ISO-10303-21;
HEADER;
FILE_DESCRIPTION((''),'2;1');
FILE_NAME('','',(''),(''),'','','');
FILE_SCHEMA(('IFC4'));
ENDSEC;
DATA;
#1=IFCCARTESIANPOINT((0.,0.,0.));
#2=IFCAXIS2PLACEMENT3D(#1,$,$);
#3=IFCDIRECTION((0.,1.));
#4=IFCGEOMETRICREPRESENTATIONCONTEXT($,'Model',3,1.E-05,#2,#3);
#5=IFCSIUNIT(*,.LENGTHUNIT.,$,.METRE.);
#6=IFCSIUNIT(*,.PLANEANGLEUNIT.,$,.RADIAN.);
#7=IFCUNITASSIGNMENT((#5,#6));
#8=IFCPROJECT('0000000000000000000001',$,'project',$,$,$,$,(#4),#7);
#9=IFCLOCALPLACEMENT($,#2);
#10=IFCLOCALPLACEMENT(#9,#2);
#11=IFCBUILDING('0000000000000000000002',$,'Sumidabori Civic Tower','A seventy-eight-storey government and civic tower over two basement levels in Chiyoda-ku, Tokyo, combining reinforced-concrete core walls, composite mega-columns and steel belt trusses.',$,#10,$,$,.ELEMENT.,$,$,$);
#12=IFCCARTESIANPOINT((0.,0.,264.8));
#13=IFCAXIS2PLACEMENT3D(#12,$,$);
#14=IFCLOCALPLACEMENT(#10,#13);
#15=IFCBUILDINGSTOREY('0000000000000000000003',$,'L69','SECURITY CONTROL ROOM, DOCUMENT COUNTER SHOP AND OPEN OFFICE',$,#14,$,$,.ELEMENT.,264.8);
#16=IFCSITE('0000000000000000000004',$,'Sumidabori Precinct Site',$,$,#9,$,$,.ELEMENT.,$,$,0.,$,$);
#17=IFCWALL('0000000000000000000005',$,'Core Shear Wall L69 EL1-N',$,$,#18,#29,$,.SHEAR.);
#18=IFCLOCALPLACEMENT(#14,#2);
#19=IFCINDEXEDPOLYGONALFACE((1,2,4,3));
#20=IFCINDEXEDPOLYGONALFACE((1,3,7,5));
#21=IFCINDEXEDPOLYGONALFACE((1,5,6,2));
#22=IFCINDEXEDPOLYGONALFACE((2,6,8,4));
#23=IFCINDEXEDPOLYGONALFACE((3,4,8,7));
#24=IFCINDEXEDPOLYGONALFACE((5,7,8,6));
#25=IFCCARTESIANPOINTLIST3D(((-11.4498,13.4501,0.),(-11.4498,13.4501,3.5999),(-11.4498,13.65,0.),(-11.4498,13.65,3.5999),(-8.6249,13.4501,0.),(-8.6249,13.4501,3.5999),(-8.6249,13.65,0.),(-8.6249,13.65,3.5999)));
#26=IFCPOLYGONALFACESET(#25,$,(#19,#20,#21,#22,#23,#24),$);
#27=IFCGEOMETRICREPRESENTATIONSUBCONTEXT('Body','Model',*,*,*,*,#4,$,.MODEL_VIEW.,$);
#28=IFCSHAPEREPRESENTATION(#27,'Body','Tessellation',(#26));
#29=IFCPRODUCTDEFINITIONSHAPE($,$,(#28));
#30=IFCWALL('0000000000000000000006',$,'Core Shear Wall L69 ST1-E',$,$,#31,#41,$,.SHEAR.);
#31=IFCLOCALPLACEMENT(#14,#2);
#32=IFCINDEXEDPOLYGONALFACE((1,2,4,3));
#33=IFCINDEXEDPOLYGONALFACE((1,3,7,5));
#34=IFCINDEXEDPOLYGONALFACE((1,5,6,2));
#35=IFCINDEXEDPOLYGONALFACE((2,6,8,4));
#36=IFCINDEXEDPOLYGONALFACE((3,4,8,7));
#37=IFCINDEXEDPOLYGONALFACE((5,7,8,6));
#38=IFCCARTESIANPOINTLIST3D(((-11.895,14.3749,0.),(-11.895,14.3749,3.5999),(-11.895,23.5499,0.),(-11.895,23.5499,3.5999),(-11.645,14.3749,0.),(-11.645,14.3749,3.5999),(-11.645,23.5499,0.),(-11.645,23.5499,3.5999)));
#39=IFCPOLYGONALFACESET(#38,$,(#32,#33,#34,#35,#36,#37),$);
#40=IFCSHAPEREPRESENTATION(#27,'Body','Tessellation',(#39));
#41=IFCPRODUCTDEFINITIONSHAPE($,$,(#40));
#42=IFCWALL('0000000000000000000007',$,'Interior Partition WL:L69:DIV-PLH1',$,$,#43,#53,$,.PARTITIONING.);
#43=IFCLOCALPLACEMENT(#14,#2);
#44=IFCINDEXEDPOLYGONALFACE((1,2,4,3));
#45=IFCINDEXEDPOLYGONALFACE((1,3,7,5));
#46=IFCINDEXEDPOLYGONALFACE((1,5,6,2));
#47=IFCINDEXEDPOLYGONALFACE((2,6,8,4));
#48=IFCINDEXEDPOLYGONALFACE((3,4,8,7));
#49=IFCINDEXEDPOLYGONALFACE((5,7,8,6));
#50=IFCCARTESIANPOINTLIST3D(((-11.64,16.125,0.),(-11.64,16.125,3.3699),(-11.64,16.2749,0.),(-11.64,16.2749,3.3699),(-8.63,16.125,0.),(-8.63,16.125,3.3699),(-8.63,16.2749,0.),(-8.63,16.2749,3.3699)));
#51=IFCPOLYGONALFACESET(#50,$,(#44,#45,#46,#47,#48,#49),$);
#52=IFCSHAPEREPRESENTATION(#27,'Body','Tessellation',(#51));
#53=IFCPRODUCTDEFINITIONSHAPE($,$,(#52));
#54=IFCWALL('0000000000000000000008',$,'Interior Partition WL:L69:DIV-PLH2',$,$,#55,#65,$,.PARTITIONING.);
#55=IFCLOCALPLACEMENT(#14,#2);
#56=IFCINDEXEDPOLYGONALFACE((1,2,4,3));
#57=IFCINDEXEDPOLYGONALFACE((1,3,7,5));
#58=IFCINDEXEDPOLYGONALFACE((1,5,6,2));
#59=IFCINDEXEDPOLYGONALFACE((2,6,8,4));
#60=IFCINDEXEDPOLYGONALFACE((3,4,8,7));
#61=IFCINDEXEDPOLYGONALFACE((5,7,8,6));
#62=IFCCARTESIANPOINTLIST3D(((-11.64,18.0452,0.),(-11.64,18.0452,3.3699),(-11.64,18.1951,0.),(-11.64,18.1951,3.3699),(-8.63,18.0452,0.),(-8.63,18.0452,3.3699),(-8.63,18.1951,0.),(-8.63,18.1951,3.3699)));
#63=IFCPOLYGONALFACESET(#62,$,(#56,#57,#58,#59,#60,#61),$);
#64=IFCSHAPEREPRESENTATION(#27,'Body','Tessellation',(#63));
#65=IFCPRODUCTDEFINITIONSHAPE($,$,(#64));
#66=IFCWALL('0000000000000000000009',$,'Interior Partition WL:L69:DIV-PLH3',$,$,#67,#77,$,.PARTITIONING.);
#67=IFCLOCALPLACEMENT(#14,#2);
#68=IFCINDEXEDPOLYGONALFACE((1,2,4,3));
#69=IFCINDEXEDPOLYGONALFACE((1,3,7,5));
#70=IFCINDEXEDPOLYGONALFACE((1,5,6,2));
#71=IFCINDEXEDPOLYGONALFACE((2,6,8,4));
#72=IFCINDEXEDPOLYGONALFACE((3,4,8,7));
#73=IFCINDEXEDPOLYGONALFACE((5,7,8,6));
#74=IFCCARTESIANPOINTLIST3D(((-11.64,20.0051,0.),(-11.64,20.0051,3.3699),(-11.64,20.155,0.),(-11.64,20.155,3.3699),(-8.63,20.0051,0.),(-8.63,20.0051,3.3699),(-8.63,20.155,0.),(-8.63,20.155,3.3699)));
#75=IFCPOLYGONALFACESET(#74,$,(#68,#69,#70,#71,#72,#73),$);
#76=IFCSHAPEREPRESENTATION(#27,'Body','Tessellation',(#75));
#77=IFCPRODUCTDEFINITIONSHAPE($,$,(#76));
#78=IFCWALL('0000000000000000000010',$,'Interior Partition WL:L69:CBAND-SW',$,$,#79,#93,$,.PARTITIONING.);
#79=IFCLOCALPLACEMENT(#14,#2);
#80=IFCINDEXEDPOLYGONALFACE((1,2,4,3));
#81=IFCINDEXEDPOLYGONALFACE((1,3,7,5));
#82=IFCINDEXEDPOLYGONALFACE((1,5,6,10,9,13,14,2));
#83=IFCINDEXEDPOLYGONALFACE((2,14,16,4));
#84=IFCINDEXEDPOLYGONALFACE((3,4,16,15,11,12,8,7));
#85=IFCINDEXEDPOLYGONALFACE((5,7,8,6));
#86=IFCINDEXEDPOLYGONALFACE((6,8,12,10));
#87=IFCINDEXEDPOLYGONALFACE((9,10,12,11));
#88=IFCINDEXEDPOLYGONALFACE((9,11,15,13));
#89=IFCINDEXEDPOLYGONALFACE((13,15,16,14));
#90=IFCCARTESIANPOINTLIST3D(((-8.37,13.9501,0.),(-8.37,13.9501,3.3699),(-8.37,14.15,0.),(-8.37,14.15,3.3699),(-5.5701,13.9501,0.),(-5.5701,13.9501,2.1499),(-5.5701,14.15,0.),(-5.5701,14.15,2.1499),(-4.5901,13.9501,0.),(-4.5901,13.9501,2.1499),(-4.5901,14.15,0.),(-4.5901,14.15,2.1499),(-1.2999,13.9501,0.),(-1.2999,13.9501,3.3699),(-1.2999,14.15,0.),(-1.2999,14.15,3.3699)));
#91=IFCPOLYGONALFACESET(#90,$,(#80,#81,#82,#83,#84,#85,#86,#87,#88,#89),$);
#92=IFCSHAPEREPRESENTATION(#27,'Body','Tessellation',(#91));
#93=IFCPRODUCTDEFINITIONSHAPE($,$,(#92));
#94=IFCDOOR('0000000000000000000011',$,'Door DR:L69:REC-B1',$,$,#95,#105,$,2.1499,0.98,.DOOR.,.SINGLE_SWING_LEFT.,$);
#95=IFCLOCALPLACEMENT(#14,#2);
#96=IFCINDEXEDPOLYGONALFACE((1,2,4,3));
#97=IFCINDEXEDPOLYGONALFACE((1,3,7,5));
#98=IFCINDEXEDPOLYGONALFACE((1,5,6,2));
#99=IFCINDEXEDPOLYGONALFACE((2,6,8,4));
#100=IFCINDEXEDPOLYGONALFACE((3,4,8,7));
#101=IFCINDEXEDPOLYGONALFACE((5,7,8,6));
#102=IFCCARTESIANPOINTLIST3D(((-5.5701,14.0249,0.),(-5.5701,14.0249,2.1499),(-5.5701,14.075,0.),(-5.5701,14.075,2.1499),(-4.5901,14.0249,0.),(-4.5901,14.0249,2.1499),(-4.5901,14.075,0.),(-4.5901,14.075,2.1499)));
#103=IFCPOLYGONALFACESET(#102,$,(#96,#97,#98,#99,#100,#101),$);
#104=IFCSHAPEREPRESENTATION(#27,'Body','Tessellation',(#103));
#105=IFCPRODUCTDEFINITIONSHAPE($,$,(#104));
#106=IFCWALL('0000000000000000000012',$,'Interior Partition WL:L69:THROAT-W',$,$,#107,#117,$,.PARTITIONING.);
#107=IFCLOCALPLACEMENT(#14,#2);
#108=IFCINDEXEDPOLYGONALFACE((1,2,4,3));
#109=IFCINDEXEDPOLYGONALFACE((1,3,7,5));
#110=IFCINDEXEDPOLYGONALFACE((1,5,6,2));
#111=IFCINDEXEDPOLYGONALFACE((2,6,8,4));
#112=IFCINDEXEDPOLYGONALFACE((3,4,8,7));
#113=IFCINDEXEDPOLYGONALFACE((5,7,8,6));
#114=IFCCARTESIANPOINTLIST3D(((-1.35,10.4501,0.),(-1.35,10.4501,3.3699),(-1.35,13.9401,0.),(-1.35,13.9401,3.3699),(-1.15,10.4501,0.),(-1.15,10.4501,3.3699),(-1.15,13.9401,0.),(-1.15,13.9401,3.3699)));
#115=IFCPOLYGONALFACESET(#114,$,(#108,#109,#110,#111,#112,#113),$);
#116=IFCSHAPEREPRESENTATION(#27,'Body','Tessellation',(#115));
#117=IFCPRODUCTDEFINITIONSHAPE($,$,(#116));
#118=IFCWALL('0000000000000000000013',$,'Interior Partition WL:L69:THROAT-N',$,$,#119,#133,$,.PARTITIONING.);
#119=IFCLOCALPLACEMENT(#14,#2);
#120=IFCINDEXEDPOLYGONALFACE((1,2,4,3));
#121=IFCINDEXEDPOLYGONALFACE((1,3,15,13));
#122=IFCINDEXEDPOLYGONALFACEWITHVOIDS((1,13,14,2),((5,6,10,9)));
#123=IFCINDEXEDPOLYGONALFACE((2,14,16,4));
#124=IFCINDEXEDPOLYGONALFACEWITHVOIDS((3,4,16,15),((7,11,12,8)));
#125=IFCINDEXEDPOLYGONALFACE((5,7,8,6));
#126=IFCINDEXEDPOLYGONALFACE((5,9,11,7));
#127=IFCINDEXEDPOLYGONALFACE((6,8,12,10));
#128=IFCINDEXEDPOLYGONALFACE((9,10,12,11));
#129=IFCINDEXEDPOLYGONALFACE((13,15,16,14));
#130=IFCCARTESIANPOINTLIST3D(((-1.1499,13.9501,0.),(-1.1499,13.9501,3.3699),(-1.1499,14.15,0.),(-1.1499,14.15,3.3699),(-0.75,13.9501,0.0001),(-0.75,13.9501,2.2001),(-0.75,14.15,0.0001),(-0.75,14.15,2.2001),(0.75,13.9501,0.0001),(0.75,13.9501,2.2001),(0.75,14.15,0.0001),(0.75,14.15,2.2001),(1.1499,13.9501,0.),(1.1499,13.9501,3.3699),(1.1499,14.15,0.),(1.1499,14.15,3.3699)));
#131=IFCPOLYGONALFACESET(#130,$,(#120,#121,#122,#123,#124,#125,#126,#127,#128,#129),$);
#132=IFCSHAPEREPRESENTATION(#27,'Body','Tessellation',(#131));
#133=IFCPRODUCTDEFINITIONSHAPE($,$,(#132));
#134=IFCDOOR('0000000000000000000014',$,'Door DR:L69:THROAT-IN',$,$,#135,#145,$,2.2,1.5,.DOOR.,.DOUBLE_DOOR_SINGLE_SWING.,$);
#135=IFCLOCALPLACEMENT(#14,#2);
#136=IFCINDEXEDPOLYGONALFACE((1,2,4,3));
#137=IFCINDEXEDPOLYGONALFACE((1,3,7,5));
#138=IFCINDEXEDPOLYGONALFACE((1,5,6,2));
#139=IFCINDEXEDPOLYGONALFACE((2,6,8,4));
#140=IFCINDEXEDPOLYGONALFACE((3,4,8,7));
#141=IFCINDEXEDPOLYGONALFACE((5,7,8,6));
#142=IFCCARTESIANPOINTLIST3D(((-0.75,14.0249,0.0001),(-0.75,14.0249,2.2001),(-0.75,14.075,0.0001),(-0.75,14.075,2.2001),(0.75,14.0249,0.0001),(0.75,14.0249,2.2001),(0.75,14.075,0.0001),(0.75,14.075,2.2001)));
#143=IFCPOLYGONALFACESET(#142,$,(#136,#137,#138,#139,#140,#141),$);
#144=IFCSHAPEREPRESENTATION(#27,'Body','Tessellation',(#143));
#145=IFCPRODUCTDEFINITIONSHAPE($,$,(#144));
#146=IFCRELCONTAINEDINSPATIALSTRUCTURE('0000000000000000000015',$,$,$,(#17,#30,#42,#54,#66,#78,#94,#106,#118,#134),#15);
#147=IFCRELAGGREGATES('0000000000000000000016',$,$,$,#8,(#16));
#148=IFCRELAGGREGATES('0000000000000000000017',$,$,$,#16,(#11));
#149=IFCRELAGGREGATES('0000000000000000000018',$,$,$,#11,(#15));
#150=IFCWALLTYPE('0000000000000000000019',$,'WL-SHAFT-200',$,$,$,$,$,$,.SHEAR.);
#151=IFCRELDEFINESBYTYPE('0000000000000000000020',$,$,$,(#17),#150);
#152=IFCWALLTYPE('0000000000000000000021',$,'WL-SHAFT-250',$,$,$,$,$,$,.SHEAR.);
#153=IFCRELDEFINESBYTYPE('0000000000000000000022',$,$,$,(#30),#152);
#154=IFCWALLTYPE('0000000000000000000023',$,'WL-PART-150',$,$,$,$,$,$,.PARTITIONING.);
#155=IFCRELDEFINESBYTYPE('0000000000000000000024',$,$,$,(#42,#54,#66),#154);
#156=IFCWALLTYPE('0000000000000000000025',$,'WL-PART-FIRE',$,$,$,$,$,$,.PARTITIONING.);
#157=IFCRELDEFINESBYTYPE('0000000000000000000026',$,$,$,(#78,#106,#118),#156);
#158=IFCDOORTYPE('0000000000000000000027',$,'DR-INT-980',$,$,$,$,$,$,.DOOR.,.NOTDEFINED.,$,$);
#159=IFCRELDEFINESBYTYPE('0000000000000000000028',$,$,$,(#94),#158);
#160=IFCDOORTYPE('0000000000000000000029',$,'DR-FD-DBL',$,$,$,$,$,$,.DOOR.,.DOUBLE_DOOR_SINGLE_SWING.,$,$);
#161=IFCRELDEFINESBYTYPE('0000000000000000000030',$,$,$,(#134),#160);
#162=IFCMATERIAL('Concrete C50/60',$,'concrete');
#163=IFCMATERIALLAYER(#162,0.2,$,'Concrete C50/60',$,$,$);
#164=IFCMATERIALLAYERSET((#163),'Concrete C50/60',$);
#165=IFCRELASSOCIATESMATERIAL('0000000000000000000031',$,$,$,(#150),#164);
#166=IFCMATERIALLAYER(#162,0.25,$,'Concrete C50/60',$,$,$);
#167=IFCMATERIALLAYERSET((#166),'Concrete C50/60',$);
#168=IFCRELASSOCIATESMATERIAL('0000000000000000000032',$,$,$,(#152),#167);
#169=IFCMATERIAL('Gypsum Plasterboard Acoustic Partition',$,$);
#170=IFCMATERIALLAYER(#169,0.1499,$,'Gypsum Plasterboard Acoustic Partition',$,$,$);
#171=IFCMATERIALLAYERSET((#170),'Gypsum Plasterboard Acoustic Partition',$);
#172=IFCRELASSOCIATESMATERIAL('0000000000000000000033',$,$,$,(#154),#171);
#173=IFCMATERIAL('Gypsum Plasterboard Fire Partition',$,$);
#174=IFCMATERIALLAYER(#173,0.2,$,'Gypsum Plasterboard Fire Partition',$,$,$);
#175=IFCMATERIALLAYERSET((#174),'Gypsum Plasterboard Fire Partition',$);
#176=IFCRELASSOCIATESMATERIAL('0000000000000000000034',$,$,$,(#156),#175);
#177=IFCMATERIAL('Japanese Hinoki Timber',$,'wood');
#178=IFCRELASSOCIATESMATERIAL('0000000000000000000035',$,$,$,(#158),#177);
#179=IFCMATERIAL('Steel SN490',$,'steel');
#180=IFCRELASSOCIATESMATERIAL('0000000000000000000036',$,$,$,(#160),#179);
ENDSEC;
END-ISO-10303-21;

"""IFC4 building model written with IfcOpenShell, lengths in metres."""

from ifc_helpers import new_model, si_unit, direction, frame, frame_2d, origin, place, context, subcontext, project, spatial, rectangle, extrude, source, transform, mapped, material, layer, layer_set, type_object, element, fill, save


model = new_model("IFC4")

# Units and contexts
model_context = context("Model", 3, precision=1e-05, world=origin(), true_north=direction((0.0, 1.0)))
body_context = subcontext(model_context, "Body", "Model", "MODEL_VIEW")
ifc_project = project(units=[si_unit("LENGTHUNIT", "METRE"), si_unit("PLANEANGLEUNIT", "RADIAN")], contexts=[model_context])

# Site, building, storey
site_placement = place(None, origin())
site = spatial("IfcSite", under=ifc_project, at=site_placement, Name="Sumidabori Precinct Site", CompositionType="ELEMENT", RefElevation=0.0)
building_placement = place(site_placement, origin())
building = spatial("IfcBuilding", under=site, at=building_placement, Name="Sumidabori Civic Tower", Description="A seventy-eight-storey government and civic tower over two basement levels in Chiyoda-ku, Tokyo, combining reinforced-concrete core walls, composite mega-columns and steel belt trusses.", CompositionType="ELEMENT")
storey_placement = place(building_placement, frame((0.0, 0.0, 264.8)))
storey = spatial("IfcBuildingStorey", under=building, at=storey_placement, Name="L69", Description="SECURITY CONTROL ROOM, DOCUMENT COUNTER SHOP AND OPEN OFFICE", CompositionType="ELEMENT", Elevation=264.8)

# Wall
ifc_material_1 = material(Name="Concrete C50/60", Category="concrete")
ifc_layer_1 = layer(ifc_material_1, 0.2, Name="Concrete C50/60")
ifc_layer_set_1 = layer_set([ifc_layer_1], Name="Concrete C50/60")
wall_type_1 = type_object("IfcWallType", Name="WL-SHAFT-200", PredefinedType="SHEAR", material=ifc_layer_set_1)
shared_shape_1 = source(origin(), body_context, "Body", "SweptSolid", [
    extrude(rectangle(XDim=2.825, YDim=0.2, at=frame_2d((1.4126, 0.0))), origin(), (0.0, 0.0, 1.0), 3.5999),
])
wall_1_placement = place(storey_placement, frame((-11.45, 13.55, 0.0), z_axis=(0.0, 0.0, 1.0), x_axis=(1.0, 0.0, 0.0)))
element("IfcWall", 1, at=wall_1_placement, inside=storey, type_object=wall_type_1, Name="Core Shear Wall L69 EL1-N", PredefinedType="SHEAR", context=body_context, shape_type="MappedRepresentation", body=[
    mapped(shared_shape_1, transform((0.0, 0.0, 0.0), x_axis=(1.0, 0.0, 0.0), y_axis=(0.0, 1.0, 0.0), z_axis=(0.0, 0.0, 1.0), scale=1.0)),
])

# Shared definitions
ifc_layer_2 = layer(ifc_material_1, 0.25, Name="Concrete C50/60")
ifc_layer_set_2 = layer_set([ifc_layer_2], Name="Concrete C50/60")
wall_type_2 = type_object("IfcWallType", Name="WL-SHAFT-250", PredefinedType="SHEAR", material=ifc_layer_set_2)

# Wall
shared_shape_2 = source(origin(), body_context, "Body", "SweptSolid", [
    extrude(rectangle(XDim=9.175, YDim=0.25, at=frame_2d((4.5874, 0.0))), origin(), (0.0, 0.0, 1.0), 3.5999),
])
wall_2_placement = place(storey_placement, frame((-11.77, 14.375, 0.0), z_axis=(0.0, 0.0, 1.0), x_axis=(0.0, 1.0, 0.0)))
element("IfcWall", 2, at=wall_2_placement, inside=storey, type_object=wall_type_2, Name="Core Shear Wall L69 ST1-E", PredefinedType="SHEAR", context=body_context, shape_type="MappedRepresentation", body=[
    mapped(shared_shape_2, transform((0.0, 0.0, 0.0), x_axis=(1.0, 0.0, 0.0), y_axis=(0.0, 1.0, 0.0), z_axis=(0.0, 0.0, 1.0), scale=1.0)),
])

# Walls
ifc_material_2 = material(Name="Gypsum Plasterboard Acoustic Partition")
ifc_layer_3 = layer(ifc_material_2, 0.1499, Name="Gypsum Plasterboard Acoustic Partition")
ifc_layer_set_3 = layer_set([ifc_layer_3], Name="Gypsum Plasterboard Acoustic Partition")
wall_type_3 = type_object("IfcWallType", Name="WL-PART-150", PredefinedType="PARTITIONING", material=ifc_layer_set_3)
shared_shape_3 = source(origin(), body_context, "Body", "SweptSolid", [
    extrude(rectangle(XDim=3.01, YDim=0.1499, at=frame_2d((1.5049, 0.0))), origin(), (0.0, 0.0, 1.0), 3.3699),
])
for number, where, z_axis, x_axis, name in (
    (3, (-11.6399, 16.2, 0.0), (0.0, 0.0, 1.0), (1.0, 0.0, 0.0), "Interior Partition WL:L69:DIV-PLH1"),
    (4, (-11.6399, 18.1201, 0.0), (0.0, 0.0, 1.0), (1.0, 0.0, 0.0), "Interior Partition WL:L69:DIV-PLH2"),
    (5, (-11.6399, 20.0801, 0.0), (0.0, 0.0, 1.0), (1.0, 0.0, 0.0), "Interior Partition WL:L69:DIV-PLH3"),
):
    element("IfcWall", number, at=place(storey_placement, frame(where, z_axis=z_axis, x_axis=x_axis)), inside=storey, type_object=wall_type_3, Name=name, PredefinedType="PARTITIONING", context=body_context, shape_type="MappedRepresentation", body=[
        mapped(shared_shape_3, transform((0.0, 0.0, 0.0), x_axis=(1.0, 0.0, 0.0), y_axis=(0.0, 1.0, 0.0), z_axis=(0.0, 0.0, 1.0), scale=1.0)),
    ])

# Wall, opening, door
ifc_material_3 = material(Name="Gypsum Plasterboard Fire Partition")
ifc_layer_4 = layer(ifc_material_3, 0.2, Name="Gypsum Plasterboard Fire Partition")
ifc_layer_set_4 = layer_set([ifc_layer_4], Name="Gypsum Plasterboard Fire Partition")
wall_type_4 = type_object("IfcWallType", Name="WL-PART-FIRE", PredefinedType="PARTITIONING", material=ifc_layer_set_4)
shared_shape_4 = source(origin(), body_context, "Body", "SweptSolid", [
    extrude(rectangle(XDim=7.0701, YDim=0.2, at=frame_2d((3.5352, 0.0))), origin(), (0.0, 0.0, 1.0), 3.3699),
])
wall_3_placement = place(storey_placement, frame((-8.3701, 14.05, 0.0), z_axis=(0.0, 0.0, 1.0), x_axis=(1.0, 0.0, 0.0)))
wall_3 = element("IfcWall", 6, at=wall_3_placement, inside=storey, type_object=wall_type_4, Name="Interior Partition WL:L69:CBAND-SW", PredefinedType="PARTITIONING", context=body_context, shape_type="MappedRepresentation", body=[
    mapped(shared_shape_4, transform((0.0, 0.0, 0.0), x_axis=(1.0, 0.0, 0.0), y_axis=(0.0, 1.0, 0.0), z_axis=(0.0, 0.0, 1.0), scale=1.0)),
])
opening_1_placement = place(wall_3_placement, frame((2.8, 0.0, 0.0)))
opening_1 = element("IfcOpeningElement", 7, at=opening_1_placement, cuts=wall_3, PredefinedType="OPENING", context=body_context, shape_type="SweptSolid", body=[
    extrude(rectangle(XDim=0.98, YDim=2.1499, at=frame_2d((0.49, 1.075))), frame((0.0, 0.1118, 0.0), z_axis=(0.0, -1.0, 0.0), x_axis=(1.0, 0.0, 0.0)), (0.0, 0.0, 1.0), 0.2239),
])
ifc_material_4 = material(Name="Japanese Hinoki Timber", Category="wood")
door_type_1 = type_object("IfcDoorType", Name="DR-INT-980", OperationType="NOTDEFINED", PredefinedType="DOOR", material=ifc_material_4)
shared_shape_5 = source(origin(), body_context, "Body", "SweptSolid", [
    extrude(rectangle(XDim=0.98, YDim=2.1499, at=frame_2d((0.49, 1.075))), frame((0.0, 0.0249, 0.0), z_axis=(0.0, -1.0, 0.0), x_axis=(1.0, 0.0, 0.0)), (0.0, 0.0, 1.0), 0.05),
])
door_1_placement = place(opening_1_placement, origin())
door_1 = element("IfcDoor", 8, at=door_1_placement, inside=storey, type_object=door_type_1, Name="Door DR:L69:REC-B1", OperationType="SINGLE_SWING_LEFT", OverallHeight=2.1499, OverallWidth=0.98, PredefinedType="DOOR", context=body_context, shape_type="MappedRepresentation", body=[
    mapped(shared_shape_5, transform((0.0, 0.0, 0.0), x_axis=(1.0, 0.0, 0.0), y_axis=(0.0, 1.0, 0.0), z_axis=(0.0, 0.0, 1.0), scale=1.0)),
])
fill(opening_1, door_1)

# Wall
shared_shape_6 = source(origin(), body_context, "Body", "SweptSolid", [
    extrude(rectangle(XDim=3.49, YDim=0.2, at=frame_2d((1.7451, 0.0))), origin(), (0.0, 0.0, 1.0), 3.3699),
])
wall_4_placement = place(storey_placement, frame((-1.25, 10.45, 0.0), z_axis=(0.0, 0.0, 1.0), x_axis=(0.0, 1.0, 0.0)))
element("IfcWall", 9, at=wall_4_placement, inside=storey, type_object=wall_type_4, Name="Interior Partition WL:L69:THROAT-W", PredefinedType="PARTITIONING", context=body_context, shape_type="MappedRepresentation", body=[
    mapped(shared_shape_6, transform((0.0, 0.0, 0.0), x_axis=(1.0, 0.0, 0.0), y_axis=(0.0, 1.0, 0.0), z_axis=(0.0, 0.0, 1.0), scale=1.0)),
])

# Wall, opening, door
shared_shape_7 = source(origin(), body_context, "Body", "SweptSolid", [
    extrude(rectangle(XDim=2.2998, YDim=0.2, at=frame_2d((1.1499, 0.0))), origin(), (0.0, 0.0, 1.0), 3.3699),
])
wall_5_placement = place(storey_placement, frame((-1.1499, 14.05, 0.0), z_axis=(0.0, 0.0, 1.0), x_axis=(1.0, 0.0, 0.0)))
wall_5 = element("IfcWall", 10, at=wall_5_placement, inside=storey, type_object=wall_type_4, Name="Interior Partition WL:L69:THROAT-N", PredefinedType="PARTITIONING", context=body_context, shape_type="MappedRepresentation", body=[
    mapped(shared_shape_7, transform((0.0, 0.0, 0.0), x_axis=(1.0, 0.0, 0.0), y_axis=(0.0, 1.0, 0.0), z_axis=(0.0, 0.0, 1.0), scale=1.0)),
])
opening_2_placement = place(wall_5_placement, frame((0.3999, 0.0, 0.0)))
opening_2 = element("IfcOpeningElement", 11, at=opening_2_placement, cuts=wall_5, PredefinedType="OPENING", context=body_context, shape_type="SweptSolid", body=[
    extrude(rectangle(XDim=1.5, YDim=2.2, at=frame_2d((0.75, 1.1001))), frame((0.0, 0.1118, 0.0), z_axis=(0.0, -1.0, 0.0), x_axis=(1.0, 0.0, 0.0)), (0.0, 0.0, 1.0), 0.2239),
])
ifc_material_5 = material(Name="Steel SN490", Category="steel")
door_type_2 = type_object("IfcDoorType", Name="DR-FD-DBL", OperationType="DOUBLE_DOOR_SINGLE_SWING", PredefinedType="DOOR", material=ifc_material_5)
shared_shape_8 = source(origin(), body_context, "Body", "SweptSolid", [
    extrude(rectangle(XDim=1.5, YDim=2.2, at=frame_2d((0.75, 1.1001))), frame((0.0, 0.0249, 0.0), z_axis=(0.0, -1.0, 0.0), x_axis=(1.0, 0.0, 0.0)), (0.0, 0.0, 1.0), 0.05),
])
door_2_placement = place(opening_2_placement, origin())
door_2 = element("IfcDoor", 12, at=door_2_placement, inside=storey, type_object=door_type_2, Name="Door DR:L69:THROAT-IN", OperationType="DOUBLE_DOOR_SINGLE_SWING", OverallHeight=2.2, OverallWidth=1.5, PredefinedType="DOOR", context=body_context, shape_type="MappedRepresentation", body=[
    mapped(shared_shape_8, transform((0.0, 0.0, 0.0), x_axis=(1.0, 0.0, 0.0), y_axis=(0.0, 1.0, 0.0), z_axis=(0.0, 0.0, 1.0), scale=1.0)),
])
fill(opening_2, door_2)

save(model, "model.ifc")
